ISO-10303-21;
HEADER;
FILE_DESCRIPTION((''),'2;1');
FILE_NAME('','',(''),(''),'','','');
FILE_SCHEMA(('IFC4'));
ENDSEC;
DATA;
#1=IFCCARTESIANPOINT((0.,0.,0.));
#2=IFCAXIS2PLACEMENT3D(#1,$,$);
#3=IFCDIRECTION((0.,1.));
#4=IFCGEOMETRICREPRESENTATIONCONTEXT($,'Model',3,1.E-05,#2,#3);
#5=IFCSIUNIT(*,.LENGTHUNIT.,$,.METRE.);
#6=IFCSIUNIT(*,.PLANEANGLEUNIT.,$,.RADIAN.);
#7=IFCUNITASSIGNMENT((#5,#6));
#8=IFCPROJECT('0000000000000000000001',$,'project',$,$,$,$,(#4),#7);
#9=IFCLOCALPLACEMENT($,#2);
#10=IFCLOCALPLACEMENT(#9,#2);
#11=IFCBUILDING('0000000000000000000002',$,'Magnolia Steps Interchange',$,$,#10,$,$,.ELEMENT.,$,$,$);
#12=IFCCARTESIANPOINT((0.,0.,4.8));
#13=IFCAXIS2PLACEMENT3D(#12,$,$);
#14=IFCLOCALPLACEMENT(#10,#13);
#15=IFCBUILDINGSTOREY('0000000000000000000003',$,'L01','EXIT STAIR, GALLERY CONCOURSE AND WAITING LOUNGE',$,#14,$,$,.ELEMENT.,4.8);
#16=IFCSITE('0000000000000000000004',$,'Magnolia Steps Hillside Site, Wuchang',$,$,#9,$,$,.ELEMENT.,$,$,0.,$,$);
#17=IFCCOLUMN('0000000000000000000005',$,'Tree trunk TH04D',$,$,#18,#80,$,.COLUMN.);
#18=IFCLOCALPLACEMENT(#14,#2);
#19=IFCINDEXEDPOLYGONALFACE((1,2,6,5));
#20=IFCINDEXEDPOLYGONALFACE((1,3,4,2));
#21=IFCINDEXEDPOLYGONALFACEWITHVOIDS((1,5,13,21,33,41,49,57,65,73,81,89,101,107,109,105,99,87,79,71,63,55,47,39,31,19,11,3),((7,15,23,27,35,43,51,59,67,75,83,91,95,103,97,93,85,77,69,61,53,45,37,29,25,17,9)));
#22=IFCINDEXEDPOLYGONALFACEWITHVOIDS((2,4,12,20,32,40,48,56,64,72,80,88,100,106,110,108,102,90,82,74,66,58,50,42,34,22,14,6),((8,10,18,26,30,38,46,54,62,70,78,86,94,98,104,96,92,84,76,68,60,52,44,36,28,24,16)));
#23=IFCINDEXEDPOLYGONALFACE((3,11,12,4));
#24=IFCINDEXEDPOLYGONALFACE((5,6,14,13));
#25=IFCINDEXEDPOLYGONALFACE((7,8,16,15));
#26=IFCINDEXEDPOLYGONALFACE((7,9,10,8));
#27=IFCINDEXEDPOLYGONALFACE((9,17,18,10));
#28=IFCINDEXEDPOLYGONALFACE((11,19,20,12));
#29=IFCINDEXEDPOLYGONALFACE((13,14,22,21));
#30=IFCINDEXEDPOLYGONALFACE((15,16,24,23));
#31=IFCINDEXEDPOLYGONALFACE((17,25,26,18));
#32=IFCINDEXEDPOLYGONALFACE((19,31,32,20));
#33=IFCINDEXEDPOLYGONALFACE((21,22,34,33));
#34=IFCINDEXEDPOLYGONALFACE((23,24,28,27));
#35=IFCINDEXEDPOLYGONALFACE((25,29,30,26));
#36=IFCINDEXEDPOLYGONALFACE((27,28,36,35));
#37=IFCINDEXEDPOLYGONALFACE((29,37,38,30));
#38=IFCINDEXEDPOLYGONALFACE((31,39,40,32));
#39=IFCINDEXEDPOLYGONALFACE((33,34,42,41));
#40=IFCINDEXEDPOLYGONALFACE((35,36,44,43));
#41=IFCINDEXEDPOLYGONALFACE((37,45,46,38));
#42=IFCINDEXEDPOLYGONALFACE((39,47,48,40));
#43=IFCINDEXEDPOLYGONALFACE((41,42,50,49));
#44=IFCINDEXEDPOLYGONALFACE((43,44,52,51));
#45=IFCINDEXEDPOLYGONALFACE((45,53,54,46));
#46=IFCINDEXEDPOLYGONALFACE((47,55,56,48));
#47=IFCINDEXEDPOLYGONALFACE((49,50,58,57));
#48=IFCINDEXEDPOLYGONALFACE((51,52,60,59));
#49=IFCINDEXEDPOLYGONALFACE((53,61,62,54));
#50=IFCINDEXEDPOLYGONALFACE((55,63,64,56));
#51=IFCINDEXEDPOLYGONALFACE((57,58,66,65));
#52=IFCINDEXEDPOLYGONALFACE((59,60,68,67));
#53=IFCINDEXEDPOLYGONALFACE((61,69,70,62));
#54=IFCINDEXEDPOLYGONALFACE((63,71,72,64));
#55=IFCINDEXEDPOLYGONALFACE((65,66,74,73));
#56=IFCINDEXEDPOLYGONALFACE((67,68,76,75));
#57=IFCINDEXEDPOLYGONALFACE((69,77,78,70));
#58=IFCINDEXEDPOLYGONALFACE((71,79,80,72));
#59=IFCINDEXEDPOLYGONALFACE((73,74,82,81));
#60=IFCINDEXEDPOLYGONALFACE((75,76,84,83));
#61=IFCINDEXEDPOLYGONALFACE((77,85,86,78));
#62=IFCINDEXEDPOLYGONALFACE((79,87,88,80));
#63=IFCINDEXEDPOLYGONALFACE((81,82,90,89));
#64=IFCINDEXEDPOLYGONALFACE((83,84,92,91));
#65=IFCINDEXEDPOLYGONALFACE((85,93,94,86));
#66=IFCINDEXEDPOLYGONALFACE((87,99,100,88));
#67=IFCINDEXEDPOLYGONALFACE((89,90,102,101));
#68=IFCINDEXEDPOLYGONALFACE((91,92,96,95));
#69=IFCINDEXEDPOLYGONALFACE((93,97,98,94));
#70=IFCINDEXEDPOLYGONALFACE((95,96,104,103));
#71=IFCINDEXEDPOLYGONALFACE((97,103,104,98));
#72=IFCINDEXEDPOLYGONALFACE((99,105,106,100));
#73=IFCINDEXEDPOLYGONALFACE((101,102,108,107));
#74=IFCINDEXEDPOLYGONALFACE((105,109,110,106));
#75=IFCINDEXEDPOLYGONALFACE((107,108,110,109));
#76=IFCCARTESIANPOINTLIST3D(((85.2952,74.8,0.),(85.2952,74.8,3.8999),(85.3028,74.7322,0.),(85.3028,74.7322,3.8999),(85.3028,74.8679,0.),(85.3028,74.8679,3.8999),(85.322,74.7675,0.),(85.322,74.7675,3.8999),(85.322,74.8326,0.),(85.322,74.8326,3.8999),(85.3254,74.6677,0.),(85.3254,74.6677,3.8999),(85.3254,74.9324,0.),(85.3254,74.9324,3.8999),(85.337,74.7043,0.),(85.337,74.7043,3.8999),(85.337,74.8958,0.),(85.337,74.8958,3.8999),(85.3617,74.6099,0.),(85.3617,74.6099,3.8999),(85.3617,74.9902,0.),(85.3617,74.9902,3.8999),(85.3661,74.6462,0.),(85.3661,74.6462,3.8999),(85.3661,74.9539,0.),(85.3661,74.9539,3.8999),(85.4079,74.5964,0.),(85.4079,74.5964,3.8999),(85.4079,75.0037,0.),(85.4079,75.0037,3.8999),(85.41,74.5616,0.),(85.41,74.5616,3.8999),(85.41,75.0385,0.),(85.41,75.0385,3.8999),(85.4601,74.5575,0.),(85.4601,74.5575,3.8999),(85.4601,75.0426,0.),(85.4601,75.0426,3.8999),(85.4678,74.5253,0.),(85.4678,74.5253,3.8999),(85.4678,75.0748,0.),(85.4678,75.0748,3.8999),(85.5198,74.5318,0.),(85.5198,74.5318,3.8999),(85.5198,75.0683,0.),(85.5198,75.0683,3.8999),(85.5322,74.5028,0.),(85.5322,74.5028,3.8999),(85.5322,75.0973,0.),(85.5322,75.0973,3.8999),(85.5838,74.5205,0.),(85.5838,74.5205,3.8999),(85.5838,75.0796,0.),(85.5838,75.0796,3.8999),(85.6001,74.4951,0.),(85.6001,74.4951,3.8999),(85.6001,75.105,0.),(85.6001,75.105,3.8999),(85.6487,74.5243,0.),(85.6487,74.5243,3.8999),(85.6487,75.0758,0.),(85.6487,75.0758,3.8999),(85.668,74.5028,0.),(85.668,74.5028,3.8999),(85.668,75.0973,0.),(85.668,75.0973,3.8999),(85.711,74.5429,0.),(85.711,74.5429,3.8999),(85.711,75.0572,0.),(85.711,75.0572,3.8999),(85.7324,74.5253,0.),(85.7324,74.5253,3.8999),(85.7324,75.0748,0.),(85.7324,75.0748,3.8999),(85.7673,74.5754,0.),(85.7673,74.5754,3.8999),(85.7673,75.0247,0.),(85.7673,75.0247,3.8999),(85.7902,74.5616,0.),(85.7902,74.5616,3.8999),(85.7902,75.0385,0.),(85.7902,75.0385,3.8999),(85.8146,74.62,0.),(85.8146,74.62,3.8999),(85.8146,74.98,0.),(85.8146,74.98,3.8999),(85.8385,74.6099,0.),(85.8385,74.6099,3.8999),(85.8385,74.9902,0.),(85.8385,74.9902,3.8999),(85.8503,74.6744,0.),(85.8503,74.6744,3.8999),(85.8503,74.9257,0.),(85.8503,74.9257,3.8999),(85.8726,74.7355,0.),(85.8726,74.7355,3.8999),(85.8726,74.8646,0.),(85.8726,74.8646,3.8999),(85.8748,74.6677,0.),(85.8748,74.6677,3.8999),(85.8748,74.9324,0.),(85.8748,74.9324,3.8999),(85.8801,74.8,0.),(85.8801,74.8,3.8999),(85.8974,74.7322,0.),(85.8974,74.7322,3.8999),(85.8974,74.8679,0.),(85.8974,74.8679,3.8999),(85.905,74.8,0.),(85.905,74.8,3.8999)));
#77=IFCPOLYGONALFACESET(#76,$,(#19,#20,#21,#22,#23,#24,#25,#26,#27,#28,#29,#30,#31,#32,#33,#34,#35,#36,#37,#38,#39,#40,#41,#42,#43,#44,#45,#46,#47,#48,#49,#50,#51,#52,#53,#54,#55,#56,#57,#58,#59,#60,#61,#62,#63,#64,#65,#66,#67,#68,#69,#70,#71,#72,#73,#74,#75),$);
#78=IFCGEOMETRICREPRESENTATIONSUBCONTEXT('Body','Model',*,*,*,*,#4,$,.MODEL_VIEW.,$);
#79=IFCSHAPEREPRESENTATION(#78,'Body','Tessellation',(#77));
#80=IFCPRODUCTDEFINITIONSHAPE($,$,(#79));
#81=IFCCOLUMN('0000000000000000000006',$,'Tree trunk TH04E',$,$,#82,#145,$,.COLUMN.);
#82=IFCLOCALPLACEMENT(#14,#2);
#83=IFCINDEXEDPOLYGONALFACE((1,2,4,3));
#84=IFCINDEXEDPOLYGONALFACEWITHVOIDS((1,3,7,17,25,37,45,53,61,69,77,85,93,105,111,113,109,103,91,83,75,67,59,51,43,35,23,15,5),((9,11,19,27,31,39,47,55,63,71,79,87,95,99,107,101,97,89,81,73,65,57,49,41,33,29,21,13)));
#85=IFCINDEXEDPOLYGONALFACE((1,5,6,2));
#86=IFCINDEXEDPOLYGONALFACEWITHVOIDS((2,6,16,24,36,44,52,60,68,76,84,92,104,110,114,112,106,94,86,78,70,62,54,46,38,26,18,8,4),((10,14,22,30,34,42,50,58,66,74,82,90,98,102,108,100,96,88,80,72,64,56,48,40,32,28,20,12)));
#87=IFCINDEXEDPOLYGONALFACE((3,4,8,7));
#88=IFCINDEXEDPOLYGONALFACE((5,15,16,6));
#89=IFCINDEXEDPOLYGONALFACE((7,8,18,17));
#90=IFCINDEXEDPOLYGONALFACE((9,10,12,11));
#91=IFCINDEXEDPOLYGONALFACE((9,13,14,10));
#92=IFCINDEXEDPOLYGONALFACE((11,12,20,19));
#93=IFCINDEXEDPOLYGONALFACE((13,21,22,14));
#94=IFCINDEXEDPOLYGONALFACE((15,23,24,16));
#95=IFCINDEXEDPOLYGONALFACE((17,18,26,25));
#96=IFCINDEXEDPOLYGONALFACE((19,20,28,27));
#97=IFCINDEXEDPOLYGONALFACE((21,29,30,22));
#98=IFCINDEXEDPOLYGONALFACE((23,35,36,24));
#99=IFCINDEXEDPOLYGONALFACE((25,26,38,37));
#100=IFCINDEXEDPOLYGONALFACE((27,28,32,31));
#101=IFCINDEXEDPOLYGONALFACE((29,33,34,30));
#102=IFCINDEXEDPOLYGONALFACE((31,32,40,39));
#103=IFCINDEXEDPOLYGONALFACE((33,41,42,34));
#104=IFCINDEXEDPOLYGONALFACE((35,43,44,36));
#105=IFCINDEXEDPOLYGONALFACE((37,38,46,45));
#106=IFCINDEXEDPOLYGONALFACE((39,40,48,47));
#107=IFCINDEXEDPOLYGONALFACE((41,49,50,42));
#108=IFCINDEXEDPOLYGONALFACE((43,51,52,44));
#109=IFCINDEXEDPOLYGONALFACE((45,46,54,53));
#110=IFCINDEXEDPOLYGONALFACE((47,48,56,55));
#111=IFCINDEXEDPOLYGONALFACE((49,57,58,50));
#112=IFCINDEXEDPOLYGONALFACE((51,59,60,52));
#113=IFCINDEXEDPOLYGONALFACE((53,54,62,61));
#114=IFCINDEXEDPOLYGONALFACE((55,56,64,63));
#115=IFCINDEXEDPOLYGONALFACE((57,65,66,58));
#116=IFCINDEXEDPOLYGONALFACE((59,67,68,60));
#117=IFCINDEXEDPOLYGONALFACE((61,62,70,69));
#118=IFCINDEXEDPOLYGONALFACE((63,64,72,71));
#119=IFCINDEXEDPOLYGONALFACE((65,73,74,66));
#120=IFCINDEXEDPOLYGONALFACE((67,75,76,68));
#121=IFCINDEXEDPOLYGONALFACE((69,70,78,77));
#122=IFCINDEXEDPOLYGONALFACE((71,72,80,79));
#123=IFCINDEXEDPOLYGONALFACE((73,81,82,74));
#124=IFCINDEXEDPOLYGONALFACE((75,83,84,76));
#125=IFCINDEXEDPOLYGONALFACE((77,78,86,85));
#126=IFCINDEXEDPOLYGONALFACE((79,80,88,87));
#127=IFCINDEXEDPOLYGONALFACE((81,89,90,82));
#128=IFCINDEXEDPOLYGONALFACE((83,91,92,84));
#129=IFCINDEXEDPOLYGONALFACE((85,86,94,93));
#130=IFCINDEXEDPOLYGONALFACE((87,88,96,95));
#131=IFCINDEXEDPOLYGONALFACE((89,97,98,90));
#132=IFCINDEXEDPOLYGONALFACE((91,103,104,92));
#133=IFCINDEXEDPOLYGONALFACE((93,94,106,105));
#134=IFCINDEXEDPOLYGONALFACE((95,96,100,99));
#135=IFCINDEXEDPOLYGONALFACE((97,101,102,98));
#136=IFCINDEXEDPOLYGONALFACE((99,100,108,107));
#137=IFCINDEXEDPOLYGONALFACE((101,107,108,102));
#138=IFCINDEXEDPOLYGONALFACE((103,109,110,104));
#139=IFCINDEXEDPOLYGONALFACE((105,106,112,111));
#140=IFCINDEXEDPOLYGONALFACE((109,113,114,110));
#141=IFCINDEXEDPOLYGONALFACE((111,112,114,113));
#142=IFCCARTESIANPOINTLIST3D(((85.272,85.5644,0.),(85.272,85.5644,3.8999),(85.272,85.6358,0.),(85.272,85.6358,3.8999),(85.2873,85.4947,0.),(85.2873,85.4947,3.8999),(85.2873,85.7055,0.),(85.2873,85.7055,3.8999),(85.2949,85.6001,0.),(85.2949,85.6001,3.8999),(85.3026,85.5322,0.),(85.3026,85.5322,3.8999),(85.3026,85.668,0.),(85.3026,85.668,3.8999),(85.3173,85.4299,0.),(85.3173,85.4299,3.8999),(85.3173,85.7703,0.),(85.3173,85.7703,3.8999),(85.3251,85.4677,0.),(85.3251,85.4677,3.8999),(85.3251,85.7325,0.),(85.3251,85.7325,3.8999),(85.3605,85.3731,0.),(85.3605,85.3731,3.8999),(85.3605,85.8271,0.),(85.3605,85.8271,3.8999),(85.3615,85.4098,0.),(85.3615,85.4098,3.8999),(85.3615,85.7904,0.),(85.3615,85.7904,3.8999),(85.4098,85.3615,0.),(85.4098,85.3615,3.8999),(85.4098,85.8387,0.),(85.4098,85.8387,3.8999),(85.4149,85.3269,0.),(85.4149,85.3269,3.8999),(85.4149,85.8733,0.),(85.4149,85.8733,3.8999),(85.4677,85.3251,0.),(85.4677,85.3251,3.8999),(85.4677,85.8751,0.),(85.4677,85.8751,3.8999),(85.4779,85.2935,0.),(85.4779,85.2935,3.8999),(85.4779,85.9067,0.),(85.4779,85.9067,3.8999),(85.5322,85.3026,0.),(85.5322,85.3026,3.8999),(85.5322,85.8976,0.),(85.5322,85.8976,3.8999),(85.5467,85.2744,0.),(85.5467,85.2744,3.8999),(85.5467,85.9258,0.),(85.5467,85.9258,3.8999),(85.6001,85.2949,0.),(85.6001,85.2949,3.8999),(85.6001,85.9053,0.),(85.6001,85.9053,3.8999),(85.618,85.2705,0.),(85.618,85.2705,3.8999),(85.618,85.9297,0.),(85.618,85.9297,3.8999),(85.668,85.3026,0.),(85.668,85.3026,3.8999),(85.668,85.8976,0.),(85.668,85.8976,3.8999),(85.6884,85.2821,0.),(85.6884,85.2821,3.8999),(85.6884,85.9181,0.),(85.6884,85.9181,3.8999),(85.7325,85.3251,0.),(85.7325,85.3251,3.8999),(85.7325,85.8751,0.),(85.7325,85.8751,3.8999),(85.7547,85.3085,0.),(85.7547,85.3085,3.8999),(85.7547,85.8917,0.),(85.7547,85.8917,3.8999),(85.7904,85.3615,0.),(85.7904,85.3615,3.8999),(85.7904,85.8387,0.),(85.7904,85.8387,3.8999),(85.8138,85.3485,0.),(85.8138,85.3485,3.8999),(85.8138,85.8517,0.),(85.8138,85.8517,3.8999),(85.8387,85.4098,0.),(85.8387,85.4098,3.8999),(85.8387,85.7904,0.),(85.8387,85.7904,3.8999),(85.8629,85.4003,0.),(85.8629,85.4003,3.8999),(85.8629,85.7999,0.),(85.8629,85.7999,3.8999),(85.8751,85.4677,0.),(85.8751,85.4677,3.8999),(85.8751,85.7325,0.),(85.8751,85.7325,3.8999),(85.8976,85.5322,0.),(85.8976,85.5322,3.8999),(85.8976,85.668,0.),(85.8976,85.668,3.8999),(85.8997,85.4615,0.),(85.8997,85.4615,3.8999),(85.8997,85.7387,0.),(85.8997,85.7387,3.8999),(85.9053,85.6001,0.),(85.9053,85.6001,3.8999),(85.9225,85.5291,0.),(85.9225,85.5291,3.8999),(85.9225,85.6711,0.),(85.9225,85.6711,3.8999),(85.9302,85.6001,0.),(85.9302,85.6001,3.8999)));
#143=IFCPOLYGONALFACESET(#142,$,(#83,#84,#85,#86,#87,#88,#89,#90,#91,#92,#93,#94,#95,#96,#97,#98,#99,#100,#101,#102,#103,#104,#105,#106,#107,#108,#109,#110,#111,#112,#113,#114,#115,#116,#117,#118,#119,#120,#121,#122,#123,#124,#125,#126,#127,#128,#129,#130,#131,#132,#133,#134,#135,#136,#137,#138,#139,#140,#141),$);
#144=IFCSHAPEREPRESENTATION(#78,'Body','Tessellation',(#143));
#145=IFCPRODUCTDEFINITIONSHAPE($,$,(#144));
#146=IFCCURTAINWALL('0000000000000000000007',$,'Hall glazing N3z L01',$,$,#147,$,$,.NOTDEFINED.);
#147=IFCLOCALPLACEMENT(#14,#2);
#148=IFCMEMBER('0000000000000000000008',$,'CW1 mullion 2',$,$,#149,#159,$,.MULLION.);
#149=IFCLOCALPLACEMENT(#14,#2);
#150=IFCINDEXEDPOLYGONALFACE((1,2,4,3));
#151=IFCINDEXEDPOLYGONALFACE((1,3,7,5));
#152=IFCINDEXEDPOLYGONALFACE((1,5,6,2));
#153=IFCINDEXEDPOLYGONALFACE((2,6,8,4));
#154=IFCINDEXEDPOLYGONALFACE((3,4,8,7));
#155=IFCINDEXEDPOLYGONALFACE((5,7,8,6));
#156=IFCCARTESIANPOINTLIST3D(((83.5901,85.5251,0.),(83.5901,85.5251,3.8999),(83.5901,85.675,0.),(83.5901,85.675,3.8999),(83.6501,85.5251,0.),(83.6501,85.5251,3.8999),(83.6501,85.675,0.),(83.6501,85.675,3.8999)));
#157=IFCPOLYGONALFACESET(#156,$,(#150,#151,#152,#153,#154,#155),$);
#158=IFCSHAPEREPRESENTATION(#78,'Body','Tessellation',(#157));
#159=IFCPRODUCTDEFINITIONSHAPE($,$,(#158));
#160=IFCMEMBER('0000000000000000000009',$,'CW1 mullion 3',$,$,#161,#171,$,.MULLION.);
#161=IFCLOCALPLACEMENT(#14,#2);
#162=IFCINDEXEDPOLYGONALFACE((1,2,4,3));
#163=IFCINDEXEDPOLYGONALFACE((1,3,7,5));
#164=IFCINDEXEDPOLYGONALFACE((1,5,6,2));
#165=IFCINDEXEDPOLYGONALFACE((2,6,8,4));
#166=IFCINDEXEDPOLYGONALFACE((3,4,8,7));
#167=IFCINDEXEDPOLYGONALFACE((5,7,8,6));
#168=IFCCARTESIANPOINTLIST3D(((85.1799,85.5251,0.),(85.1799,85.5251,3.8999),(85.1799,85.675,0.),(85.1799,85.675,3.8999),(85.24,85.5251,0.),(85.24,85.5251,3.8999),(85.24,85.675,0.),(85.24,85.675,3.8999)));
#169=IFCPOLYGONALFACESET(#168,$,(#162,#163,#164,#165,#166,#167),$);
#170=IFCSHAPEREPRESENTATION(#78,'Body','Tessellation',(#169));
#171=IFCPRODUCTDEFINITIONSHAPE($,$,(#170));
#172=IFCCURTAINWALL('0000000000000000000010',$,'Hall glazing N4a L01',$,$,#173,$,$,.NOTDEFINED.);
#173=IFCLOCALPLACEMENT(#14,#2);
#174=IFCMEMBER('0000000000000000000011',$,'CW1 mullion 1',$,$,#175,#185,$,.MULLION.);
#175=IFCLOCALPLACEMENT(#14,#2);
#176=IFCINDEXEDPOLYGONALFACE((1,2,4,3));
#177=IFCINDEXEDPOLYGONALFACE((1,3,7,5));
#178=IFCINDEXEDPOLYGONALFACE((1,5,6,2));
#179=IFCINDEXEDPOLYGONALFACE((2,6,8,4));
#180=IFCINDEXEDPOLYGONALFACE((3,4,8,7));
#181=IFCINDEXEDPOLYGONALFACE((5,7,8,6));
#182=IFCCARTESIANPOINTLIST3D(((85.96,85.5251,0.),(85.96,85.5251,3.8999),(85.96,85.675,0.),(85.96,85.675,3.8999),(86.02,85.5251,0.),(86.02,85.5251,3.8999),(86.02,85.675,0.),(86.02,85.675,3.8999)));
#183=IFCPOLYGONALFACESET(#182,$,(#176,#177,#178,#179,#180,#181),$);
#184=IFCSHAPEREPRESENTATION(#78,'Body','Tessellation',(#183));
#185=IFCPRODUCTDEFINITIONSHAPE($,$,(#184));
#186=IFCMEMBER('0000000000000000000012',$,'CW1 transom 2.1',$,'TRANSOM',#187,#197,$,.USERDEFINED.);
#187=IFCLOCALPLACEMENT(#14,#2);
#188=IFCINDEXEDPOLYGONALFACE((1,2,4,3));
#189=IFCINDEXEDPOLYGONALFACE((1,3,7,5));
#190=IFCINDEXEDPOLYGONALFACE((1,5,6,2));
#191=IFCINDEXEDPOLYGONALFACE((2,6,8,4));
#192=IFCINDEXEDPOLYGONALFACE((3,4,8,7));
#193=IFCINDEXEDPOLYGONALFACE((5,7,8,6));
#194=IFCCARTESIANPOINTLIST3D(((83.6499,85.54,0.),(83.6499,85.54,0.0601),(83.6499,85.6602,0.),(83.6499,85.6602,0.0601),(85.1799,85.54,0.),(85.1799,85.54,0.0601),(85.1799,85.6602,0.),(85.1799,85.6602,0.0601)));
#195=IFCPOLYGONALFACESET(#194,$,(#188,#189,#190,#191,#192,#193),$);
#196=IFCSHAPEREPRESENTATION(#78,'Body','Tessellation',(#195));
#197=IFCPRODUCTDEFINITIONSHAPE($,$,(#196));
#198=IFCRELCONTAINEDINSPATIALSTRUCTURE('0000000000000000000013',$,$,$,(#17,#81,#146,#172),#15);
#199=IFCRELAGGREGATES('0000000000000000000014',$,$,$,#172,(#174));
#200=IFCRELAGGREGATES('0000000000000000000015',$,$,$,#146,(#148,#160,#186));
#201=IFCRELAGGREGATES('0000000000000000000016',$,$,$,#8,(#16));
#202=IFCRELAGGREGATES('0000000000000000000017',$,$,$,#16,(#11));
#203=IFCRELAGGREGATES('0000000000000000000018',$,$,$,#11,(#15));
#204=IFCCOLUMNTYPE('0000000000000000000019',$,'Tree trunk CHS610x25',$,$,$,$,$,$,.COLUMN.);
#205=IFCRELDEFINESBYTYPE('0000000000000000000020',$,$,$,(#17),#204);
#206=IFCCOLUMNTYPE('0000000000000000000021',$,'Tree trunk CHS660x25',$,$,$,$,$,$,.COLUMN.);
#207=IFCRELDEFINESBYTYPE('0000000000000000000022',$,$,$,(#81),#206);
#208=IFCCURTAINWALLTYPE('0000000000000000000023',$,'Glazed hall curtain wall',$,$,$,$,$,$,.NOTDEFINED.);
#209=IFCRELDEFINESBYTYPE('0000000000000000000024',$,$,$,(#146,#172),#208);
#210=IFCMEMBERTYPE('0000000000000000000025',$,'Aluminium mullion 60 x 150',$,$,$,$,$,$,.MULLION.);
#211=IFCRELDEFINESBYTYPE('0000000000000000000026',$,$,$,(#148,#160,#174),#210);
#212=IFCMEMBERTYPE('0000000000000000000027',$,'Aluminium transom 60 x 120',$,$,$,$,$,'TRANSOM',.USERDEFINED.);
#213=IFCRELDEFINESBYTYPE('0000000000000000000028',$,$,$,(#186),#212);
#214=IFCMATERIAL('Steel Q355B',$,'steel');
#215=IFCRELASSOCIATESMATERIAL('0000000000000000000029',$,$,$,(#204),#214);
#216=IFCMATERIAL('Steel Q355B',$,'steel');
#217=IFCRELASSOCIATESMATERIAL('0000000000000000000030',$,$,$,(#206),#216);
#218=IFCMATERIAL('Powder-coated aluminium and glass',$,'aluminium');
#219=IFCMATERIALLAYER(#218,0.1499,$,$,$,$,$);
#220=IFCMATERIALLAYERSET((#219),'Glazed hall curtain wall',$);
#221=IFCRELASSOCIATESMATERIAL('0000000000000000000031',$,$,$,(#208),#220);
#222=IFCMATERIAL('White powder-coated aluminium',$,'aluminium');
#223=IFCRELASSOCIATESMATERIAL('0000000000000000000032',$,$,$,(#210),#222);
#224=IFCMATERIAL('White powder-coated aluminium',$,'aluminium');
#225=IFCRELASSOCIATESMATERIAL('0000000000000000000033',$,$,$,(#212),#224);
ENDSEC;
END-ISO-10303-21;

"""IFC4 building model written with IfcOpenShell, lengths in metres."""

from ifc_helpers import new_model, si_unit, direction, frame, origin, origin_2d, place, context, subcontext, project, spatial, rectangle, hollow_circle, extrude, material, layer, layer_set, material_profile, profile_set, type_object, element, aggregate, save


model = new_model("IFC4")

# Units and contexts
model_context = context("Model", 3, precision=1e-05, world=origin(), true_north=direction((0.0, 1.0)))
body_context = subcontext(model_context, "Body", "Model", "MODEL_VIEW")
ifc_project = project(units=[si_unit("LENGTHUNIT", "METRE"), si_unit("PLANEANGLEUNIT", "RADIAN")], contexts=[model_context])

# Site, building, storey
site_placement = place(None, origin())
site = spatial("IfcSite", under=ifc_project, at=site_placement, Name="Magnolia Steps Hillside Site, Wuchang", CompositionType="ELEMENT", RefElevation=0.0)
building_placement = place(site_placement, origin())
building = spatial("IfcBuilding", under=site, at=building_placement, Name="Magnolia Steps Interchange", CompositionType="ELEMENT")
storey_placement = place(building_placement, frame((0.0, 0.0, 4.8)))
storey = spatial("IfcBuildingStorey", under=building, at=storey_placement, Name="L01", Description="EXIT STAIR, GALLERY CONCOURSE AND WAITING LOUNGE", CompositionType="ELEMENT", Elevation=4.8)

# Columns
ifc_material_1 = material(Name="Steel Q355B", Category="steel")
ifc_material_profile_1 = material_profile(ifc_material_1, hollow_circle(Radius=0.3049, WallThickness=0.0249, at=origin_2d()), Name="CHS610x25")
ifc_profile_set_1 = profile_set([ifc_material_profile_1], Name="Steel Q355B")
column_type_1 = type_object("IfcColumnType", Name="Tree trunk CHS610x25", PredefinedType="COLUMN", material=ifc_profile_set_1)
column_1_placement = place(storey_placement, frame((85.6001, 74.8, 0.0), z_axis=(0.0, 0.0, 1.0), x_axis=(1.0, 0.0, 0.0)))
element("IfcColumn", 1, at=column_1_placement, inside=storey, type_object=column_type_1, Name="Tree trunk TH04D", PredefinedType="COLUMN", context=body_context, shape_type="SweptSolid", body=[
    extrude(hollow_circle(Radius=0.3049, WallThickness=0.0249, at=origin_2d()), origin(), (0.0, 0.0, 1.0), 3.8999),
])
ifc_material_2 = material(Name="Steel Q355B", Category="steel")
ifc_material_profile_2 = material_profile(ifc_material_2, hollow_circle(Radius=0.3301, WallThickness=0.0249, at=origin_2d()), Name="CHS660x25")
ifc_profile_set_2 = profile_set([ifc_material_profile_2], Name="Steel Q355B")
column_type_2 = type_object("IfcColumnType", Name="Tree trunk CHS660x25", PredefinedType="COLUMN", material=ifc_profile_set_2)
column_2_placement = place(storey_placement, frame((85.6001, 85.6001, 0.0), z_axis=(0.0, 0.0, 1.0), x_axis=(1.0, 0.0, 0.0)))
element("IfcColumn", 2, at=column_2_placement, inside=storey, type_object=column_type_2, Name="Tree trunk TH04E", PredefinedType="COLUMN", context=body_context, shape_type="SweptSolid", body=[
    extrude(hollow_circle(Radius=0.3301, WallThickness=0.0249, at=origin_2d()), origin(), (0.0, 0.0, 1.0), 3.8999),
])

# Curtain wall, members
ifc_material_3 = material(Name="Powder-coated aluminium and glass", Category="aluminium")
ifc_layer_1 = layer(ifc_material_3, 0.1499)
ifc_layer_set_1 = layer_set([ifc_layer_1], Name="Glazed hall curtain wall")
curtain_wall_type = type_object("IfcCurtainWallType", Name="Glazed hall curtain wall", PredefinedType="NOTDEFINED", material=ifc_layer_set_1)
curtain_wall_1_placement = place(storey_placement, origin())
curtain_wall_1 = element("IfcCurtainWall", 3, at=curtain_wall_1_placement, inside=storey, type_object=curtain_wall_type, Name="Hall glazing N3z L01", PredefinedType="NOTDEFINED")
ifc_material_4 = material(Name="White powder-coated aluminium", Category="aluminium")
ifc_material_profile_3 = material_profile(ifc_material_4, rectangle(XDim=0.0601, YDim=0.1499, at=origin_2d()), Name="Aluminium mullion 60 x 150")
ifc_profile_set_3 = profile_set([ifc_material_profile_3], Name="White powder-coated aluminium")
member_type_1 = type_object("IfcMemberType", Name="Aluminium mullion 60 x 150", PredefinedType="MULLION", material=ifc_profile_set_3)
member_1_placement = place(storey_placement, frame((83.6201, 85.6001, 0.0), z_axis=(0.0, 0.0, 1.0), x_axis=(1.0, 0.0, 0.0)))
member_1 = element("IfcMember", 4, at=member_1_placement, type_object=member_type_1, Name="CW1 mullion 2", PredefinedType="MULLION", context=body_context, shape_type="SweptSolid", body=[
    extrude(rectangle(XDim=0.0601, YDim=0.1499, at=origin_2d()), origin(), (0.0, 0.0, 1.0), 3.8999),
])
member_2_placement = place(storey_placement, frame((85.21, 85.6001, 0.0), z_axis=(0.0, 0.0, 1.0), x_axis=(1.0, 0.0, 0.0)))
member_2 = element("IfcMember", 5, at=member_2_placement, type_object=member_type_1, Name="CW1 mullion 3", PredefinedType="MULLION", context=body_context, shape_type="SweptSolid", body=[
    extrude(rectangle(XDim=0.0601, YDim=0.1499, at=origin_2d()), origin(), (0.0, 0.0, 1.0), 3.8999),
])

# Curtain wall, member
curtain_wall_2_placement = place(storey_placement, origin())
curtain_wall_2 = element("IfcCurtainWall", 6, at=curtain_wall_2_placement, inside=storey, type_object=curtain_wall_type, Name="Hall glazing N4a L01", PredefinedType="NOTDEFINED")
member_3_placement = place(storey_placement, frame((85.99, 85.6001, 0.0), z_axis=(0.0, 0.0, 1.0), x_axis=(1.0, 0.0, 0.0)))
member_3 = element("IfcMember", 7, at=member_3_placement, type_object=member_type_1, Name="CW1 mullion 1", PredefinedType="MULLION", context=body_context, shape_type="SweptSolid", body=[
    extrude(rectangle(XDim=0.0601, YDim=0.1499, at=origin_2d()), origin(), (0.0, 0.0, 1.0), 3.8999),
])

# Member
ifc_material_5 = material(Name="White powder-coated aluminium", Category="aluminium")
ifc_material_profile_4 = material_profile(ifc_material_5, rectangle(XDim=0.0601, YDim=0.1201, at=origin_2d()), Name="Aluminium transom 60 x 120")
ifc_profile_set_4 = profile_set([ifc_material_profile_4], Name="White powder-coated aluminium")
member_type_2 = type_object("IfcMemberType", Name="Aluminium transom 60 x 120", ElementType="TRANSOM", PredefinedType="USERDEFINED", material=ifc_profile_set_4)
member_4_placement = place(storey_placement, frame((83.6499, 85.6001, 0.03), z_axis=(1.0, 0.0, 0.0), x_axis=(0.0, 0.0, 1.0)))
member_4 = element("IfcMember", 8, at=member_4_placement, type_object=member_type_2, Name="CW1 transom 2.1", ObjectType="TRANSOM", PredefinedType="USERDEFINED", context=body_context, shape_type="SweptSolid", body=[
    extrude(rectangle(XDim=0.0601, YDim=0.1201, at=origin_2d()), origin(), (0.0, 0.0, 1.0), 1.53),
])
aggregate(curtain_wall_2, [member_3])

aggregate(curtain_wall_1, [member_1, member_2, member_4])

save(model, "model.ifc")
